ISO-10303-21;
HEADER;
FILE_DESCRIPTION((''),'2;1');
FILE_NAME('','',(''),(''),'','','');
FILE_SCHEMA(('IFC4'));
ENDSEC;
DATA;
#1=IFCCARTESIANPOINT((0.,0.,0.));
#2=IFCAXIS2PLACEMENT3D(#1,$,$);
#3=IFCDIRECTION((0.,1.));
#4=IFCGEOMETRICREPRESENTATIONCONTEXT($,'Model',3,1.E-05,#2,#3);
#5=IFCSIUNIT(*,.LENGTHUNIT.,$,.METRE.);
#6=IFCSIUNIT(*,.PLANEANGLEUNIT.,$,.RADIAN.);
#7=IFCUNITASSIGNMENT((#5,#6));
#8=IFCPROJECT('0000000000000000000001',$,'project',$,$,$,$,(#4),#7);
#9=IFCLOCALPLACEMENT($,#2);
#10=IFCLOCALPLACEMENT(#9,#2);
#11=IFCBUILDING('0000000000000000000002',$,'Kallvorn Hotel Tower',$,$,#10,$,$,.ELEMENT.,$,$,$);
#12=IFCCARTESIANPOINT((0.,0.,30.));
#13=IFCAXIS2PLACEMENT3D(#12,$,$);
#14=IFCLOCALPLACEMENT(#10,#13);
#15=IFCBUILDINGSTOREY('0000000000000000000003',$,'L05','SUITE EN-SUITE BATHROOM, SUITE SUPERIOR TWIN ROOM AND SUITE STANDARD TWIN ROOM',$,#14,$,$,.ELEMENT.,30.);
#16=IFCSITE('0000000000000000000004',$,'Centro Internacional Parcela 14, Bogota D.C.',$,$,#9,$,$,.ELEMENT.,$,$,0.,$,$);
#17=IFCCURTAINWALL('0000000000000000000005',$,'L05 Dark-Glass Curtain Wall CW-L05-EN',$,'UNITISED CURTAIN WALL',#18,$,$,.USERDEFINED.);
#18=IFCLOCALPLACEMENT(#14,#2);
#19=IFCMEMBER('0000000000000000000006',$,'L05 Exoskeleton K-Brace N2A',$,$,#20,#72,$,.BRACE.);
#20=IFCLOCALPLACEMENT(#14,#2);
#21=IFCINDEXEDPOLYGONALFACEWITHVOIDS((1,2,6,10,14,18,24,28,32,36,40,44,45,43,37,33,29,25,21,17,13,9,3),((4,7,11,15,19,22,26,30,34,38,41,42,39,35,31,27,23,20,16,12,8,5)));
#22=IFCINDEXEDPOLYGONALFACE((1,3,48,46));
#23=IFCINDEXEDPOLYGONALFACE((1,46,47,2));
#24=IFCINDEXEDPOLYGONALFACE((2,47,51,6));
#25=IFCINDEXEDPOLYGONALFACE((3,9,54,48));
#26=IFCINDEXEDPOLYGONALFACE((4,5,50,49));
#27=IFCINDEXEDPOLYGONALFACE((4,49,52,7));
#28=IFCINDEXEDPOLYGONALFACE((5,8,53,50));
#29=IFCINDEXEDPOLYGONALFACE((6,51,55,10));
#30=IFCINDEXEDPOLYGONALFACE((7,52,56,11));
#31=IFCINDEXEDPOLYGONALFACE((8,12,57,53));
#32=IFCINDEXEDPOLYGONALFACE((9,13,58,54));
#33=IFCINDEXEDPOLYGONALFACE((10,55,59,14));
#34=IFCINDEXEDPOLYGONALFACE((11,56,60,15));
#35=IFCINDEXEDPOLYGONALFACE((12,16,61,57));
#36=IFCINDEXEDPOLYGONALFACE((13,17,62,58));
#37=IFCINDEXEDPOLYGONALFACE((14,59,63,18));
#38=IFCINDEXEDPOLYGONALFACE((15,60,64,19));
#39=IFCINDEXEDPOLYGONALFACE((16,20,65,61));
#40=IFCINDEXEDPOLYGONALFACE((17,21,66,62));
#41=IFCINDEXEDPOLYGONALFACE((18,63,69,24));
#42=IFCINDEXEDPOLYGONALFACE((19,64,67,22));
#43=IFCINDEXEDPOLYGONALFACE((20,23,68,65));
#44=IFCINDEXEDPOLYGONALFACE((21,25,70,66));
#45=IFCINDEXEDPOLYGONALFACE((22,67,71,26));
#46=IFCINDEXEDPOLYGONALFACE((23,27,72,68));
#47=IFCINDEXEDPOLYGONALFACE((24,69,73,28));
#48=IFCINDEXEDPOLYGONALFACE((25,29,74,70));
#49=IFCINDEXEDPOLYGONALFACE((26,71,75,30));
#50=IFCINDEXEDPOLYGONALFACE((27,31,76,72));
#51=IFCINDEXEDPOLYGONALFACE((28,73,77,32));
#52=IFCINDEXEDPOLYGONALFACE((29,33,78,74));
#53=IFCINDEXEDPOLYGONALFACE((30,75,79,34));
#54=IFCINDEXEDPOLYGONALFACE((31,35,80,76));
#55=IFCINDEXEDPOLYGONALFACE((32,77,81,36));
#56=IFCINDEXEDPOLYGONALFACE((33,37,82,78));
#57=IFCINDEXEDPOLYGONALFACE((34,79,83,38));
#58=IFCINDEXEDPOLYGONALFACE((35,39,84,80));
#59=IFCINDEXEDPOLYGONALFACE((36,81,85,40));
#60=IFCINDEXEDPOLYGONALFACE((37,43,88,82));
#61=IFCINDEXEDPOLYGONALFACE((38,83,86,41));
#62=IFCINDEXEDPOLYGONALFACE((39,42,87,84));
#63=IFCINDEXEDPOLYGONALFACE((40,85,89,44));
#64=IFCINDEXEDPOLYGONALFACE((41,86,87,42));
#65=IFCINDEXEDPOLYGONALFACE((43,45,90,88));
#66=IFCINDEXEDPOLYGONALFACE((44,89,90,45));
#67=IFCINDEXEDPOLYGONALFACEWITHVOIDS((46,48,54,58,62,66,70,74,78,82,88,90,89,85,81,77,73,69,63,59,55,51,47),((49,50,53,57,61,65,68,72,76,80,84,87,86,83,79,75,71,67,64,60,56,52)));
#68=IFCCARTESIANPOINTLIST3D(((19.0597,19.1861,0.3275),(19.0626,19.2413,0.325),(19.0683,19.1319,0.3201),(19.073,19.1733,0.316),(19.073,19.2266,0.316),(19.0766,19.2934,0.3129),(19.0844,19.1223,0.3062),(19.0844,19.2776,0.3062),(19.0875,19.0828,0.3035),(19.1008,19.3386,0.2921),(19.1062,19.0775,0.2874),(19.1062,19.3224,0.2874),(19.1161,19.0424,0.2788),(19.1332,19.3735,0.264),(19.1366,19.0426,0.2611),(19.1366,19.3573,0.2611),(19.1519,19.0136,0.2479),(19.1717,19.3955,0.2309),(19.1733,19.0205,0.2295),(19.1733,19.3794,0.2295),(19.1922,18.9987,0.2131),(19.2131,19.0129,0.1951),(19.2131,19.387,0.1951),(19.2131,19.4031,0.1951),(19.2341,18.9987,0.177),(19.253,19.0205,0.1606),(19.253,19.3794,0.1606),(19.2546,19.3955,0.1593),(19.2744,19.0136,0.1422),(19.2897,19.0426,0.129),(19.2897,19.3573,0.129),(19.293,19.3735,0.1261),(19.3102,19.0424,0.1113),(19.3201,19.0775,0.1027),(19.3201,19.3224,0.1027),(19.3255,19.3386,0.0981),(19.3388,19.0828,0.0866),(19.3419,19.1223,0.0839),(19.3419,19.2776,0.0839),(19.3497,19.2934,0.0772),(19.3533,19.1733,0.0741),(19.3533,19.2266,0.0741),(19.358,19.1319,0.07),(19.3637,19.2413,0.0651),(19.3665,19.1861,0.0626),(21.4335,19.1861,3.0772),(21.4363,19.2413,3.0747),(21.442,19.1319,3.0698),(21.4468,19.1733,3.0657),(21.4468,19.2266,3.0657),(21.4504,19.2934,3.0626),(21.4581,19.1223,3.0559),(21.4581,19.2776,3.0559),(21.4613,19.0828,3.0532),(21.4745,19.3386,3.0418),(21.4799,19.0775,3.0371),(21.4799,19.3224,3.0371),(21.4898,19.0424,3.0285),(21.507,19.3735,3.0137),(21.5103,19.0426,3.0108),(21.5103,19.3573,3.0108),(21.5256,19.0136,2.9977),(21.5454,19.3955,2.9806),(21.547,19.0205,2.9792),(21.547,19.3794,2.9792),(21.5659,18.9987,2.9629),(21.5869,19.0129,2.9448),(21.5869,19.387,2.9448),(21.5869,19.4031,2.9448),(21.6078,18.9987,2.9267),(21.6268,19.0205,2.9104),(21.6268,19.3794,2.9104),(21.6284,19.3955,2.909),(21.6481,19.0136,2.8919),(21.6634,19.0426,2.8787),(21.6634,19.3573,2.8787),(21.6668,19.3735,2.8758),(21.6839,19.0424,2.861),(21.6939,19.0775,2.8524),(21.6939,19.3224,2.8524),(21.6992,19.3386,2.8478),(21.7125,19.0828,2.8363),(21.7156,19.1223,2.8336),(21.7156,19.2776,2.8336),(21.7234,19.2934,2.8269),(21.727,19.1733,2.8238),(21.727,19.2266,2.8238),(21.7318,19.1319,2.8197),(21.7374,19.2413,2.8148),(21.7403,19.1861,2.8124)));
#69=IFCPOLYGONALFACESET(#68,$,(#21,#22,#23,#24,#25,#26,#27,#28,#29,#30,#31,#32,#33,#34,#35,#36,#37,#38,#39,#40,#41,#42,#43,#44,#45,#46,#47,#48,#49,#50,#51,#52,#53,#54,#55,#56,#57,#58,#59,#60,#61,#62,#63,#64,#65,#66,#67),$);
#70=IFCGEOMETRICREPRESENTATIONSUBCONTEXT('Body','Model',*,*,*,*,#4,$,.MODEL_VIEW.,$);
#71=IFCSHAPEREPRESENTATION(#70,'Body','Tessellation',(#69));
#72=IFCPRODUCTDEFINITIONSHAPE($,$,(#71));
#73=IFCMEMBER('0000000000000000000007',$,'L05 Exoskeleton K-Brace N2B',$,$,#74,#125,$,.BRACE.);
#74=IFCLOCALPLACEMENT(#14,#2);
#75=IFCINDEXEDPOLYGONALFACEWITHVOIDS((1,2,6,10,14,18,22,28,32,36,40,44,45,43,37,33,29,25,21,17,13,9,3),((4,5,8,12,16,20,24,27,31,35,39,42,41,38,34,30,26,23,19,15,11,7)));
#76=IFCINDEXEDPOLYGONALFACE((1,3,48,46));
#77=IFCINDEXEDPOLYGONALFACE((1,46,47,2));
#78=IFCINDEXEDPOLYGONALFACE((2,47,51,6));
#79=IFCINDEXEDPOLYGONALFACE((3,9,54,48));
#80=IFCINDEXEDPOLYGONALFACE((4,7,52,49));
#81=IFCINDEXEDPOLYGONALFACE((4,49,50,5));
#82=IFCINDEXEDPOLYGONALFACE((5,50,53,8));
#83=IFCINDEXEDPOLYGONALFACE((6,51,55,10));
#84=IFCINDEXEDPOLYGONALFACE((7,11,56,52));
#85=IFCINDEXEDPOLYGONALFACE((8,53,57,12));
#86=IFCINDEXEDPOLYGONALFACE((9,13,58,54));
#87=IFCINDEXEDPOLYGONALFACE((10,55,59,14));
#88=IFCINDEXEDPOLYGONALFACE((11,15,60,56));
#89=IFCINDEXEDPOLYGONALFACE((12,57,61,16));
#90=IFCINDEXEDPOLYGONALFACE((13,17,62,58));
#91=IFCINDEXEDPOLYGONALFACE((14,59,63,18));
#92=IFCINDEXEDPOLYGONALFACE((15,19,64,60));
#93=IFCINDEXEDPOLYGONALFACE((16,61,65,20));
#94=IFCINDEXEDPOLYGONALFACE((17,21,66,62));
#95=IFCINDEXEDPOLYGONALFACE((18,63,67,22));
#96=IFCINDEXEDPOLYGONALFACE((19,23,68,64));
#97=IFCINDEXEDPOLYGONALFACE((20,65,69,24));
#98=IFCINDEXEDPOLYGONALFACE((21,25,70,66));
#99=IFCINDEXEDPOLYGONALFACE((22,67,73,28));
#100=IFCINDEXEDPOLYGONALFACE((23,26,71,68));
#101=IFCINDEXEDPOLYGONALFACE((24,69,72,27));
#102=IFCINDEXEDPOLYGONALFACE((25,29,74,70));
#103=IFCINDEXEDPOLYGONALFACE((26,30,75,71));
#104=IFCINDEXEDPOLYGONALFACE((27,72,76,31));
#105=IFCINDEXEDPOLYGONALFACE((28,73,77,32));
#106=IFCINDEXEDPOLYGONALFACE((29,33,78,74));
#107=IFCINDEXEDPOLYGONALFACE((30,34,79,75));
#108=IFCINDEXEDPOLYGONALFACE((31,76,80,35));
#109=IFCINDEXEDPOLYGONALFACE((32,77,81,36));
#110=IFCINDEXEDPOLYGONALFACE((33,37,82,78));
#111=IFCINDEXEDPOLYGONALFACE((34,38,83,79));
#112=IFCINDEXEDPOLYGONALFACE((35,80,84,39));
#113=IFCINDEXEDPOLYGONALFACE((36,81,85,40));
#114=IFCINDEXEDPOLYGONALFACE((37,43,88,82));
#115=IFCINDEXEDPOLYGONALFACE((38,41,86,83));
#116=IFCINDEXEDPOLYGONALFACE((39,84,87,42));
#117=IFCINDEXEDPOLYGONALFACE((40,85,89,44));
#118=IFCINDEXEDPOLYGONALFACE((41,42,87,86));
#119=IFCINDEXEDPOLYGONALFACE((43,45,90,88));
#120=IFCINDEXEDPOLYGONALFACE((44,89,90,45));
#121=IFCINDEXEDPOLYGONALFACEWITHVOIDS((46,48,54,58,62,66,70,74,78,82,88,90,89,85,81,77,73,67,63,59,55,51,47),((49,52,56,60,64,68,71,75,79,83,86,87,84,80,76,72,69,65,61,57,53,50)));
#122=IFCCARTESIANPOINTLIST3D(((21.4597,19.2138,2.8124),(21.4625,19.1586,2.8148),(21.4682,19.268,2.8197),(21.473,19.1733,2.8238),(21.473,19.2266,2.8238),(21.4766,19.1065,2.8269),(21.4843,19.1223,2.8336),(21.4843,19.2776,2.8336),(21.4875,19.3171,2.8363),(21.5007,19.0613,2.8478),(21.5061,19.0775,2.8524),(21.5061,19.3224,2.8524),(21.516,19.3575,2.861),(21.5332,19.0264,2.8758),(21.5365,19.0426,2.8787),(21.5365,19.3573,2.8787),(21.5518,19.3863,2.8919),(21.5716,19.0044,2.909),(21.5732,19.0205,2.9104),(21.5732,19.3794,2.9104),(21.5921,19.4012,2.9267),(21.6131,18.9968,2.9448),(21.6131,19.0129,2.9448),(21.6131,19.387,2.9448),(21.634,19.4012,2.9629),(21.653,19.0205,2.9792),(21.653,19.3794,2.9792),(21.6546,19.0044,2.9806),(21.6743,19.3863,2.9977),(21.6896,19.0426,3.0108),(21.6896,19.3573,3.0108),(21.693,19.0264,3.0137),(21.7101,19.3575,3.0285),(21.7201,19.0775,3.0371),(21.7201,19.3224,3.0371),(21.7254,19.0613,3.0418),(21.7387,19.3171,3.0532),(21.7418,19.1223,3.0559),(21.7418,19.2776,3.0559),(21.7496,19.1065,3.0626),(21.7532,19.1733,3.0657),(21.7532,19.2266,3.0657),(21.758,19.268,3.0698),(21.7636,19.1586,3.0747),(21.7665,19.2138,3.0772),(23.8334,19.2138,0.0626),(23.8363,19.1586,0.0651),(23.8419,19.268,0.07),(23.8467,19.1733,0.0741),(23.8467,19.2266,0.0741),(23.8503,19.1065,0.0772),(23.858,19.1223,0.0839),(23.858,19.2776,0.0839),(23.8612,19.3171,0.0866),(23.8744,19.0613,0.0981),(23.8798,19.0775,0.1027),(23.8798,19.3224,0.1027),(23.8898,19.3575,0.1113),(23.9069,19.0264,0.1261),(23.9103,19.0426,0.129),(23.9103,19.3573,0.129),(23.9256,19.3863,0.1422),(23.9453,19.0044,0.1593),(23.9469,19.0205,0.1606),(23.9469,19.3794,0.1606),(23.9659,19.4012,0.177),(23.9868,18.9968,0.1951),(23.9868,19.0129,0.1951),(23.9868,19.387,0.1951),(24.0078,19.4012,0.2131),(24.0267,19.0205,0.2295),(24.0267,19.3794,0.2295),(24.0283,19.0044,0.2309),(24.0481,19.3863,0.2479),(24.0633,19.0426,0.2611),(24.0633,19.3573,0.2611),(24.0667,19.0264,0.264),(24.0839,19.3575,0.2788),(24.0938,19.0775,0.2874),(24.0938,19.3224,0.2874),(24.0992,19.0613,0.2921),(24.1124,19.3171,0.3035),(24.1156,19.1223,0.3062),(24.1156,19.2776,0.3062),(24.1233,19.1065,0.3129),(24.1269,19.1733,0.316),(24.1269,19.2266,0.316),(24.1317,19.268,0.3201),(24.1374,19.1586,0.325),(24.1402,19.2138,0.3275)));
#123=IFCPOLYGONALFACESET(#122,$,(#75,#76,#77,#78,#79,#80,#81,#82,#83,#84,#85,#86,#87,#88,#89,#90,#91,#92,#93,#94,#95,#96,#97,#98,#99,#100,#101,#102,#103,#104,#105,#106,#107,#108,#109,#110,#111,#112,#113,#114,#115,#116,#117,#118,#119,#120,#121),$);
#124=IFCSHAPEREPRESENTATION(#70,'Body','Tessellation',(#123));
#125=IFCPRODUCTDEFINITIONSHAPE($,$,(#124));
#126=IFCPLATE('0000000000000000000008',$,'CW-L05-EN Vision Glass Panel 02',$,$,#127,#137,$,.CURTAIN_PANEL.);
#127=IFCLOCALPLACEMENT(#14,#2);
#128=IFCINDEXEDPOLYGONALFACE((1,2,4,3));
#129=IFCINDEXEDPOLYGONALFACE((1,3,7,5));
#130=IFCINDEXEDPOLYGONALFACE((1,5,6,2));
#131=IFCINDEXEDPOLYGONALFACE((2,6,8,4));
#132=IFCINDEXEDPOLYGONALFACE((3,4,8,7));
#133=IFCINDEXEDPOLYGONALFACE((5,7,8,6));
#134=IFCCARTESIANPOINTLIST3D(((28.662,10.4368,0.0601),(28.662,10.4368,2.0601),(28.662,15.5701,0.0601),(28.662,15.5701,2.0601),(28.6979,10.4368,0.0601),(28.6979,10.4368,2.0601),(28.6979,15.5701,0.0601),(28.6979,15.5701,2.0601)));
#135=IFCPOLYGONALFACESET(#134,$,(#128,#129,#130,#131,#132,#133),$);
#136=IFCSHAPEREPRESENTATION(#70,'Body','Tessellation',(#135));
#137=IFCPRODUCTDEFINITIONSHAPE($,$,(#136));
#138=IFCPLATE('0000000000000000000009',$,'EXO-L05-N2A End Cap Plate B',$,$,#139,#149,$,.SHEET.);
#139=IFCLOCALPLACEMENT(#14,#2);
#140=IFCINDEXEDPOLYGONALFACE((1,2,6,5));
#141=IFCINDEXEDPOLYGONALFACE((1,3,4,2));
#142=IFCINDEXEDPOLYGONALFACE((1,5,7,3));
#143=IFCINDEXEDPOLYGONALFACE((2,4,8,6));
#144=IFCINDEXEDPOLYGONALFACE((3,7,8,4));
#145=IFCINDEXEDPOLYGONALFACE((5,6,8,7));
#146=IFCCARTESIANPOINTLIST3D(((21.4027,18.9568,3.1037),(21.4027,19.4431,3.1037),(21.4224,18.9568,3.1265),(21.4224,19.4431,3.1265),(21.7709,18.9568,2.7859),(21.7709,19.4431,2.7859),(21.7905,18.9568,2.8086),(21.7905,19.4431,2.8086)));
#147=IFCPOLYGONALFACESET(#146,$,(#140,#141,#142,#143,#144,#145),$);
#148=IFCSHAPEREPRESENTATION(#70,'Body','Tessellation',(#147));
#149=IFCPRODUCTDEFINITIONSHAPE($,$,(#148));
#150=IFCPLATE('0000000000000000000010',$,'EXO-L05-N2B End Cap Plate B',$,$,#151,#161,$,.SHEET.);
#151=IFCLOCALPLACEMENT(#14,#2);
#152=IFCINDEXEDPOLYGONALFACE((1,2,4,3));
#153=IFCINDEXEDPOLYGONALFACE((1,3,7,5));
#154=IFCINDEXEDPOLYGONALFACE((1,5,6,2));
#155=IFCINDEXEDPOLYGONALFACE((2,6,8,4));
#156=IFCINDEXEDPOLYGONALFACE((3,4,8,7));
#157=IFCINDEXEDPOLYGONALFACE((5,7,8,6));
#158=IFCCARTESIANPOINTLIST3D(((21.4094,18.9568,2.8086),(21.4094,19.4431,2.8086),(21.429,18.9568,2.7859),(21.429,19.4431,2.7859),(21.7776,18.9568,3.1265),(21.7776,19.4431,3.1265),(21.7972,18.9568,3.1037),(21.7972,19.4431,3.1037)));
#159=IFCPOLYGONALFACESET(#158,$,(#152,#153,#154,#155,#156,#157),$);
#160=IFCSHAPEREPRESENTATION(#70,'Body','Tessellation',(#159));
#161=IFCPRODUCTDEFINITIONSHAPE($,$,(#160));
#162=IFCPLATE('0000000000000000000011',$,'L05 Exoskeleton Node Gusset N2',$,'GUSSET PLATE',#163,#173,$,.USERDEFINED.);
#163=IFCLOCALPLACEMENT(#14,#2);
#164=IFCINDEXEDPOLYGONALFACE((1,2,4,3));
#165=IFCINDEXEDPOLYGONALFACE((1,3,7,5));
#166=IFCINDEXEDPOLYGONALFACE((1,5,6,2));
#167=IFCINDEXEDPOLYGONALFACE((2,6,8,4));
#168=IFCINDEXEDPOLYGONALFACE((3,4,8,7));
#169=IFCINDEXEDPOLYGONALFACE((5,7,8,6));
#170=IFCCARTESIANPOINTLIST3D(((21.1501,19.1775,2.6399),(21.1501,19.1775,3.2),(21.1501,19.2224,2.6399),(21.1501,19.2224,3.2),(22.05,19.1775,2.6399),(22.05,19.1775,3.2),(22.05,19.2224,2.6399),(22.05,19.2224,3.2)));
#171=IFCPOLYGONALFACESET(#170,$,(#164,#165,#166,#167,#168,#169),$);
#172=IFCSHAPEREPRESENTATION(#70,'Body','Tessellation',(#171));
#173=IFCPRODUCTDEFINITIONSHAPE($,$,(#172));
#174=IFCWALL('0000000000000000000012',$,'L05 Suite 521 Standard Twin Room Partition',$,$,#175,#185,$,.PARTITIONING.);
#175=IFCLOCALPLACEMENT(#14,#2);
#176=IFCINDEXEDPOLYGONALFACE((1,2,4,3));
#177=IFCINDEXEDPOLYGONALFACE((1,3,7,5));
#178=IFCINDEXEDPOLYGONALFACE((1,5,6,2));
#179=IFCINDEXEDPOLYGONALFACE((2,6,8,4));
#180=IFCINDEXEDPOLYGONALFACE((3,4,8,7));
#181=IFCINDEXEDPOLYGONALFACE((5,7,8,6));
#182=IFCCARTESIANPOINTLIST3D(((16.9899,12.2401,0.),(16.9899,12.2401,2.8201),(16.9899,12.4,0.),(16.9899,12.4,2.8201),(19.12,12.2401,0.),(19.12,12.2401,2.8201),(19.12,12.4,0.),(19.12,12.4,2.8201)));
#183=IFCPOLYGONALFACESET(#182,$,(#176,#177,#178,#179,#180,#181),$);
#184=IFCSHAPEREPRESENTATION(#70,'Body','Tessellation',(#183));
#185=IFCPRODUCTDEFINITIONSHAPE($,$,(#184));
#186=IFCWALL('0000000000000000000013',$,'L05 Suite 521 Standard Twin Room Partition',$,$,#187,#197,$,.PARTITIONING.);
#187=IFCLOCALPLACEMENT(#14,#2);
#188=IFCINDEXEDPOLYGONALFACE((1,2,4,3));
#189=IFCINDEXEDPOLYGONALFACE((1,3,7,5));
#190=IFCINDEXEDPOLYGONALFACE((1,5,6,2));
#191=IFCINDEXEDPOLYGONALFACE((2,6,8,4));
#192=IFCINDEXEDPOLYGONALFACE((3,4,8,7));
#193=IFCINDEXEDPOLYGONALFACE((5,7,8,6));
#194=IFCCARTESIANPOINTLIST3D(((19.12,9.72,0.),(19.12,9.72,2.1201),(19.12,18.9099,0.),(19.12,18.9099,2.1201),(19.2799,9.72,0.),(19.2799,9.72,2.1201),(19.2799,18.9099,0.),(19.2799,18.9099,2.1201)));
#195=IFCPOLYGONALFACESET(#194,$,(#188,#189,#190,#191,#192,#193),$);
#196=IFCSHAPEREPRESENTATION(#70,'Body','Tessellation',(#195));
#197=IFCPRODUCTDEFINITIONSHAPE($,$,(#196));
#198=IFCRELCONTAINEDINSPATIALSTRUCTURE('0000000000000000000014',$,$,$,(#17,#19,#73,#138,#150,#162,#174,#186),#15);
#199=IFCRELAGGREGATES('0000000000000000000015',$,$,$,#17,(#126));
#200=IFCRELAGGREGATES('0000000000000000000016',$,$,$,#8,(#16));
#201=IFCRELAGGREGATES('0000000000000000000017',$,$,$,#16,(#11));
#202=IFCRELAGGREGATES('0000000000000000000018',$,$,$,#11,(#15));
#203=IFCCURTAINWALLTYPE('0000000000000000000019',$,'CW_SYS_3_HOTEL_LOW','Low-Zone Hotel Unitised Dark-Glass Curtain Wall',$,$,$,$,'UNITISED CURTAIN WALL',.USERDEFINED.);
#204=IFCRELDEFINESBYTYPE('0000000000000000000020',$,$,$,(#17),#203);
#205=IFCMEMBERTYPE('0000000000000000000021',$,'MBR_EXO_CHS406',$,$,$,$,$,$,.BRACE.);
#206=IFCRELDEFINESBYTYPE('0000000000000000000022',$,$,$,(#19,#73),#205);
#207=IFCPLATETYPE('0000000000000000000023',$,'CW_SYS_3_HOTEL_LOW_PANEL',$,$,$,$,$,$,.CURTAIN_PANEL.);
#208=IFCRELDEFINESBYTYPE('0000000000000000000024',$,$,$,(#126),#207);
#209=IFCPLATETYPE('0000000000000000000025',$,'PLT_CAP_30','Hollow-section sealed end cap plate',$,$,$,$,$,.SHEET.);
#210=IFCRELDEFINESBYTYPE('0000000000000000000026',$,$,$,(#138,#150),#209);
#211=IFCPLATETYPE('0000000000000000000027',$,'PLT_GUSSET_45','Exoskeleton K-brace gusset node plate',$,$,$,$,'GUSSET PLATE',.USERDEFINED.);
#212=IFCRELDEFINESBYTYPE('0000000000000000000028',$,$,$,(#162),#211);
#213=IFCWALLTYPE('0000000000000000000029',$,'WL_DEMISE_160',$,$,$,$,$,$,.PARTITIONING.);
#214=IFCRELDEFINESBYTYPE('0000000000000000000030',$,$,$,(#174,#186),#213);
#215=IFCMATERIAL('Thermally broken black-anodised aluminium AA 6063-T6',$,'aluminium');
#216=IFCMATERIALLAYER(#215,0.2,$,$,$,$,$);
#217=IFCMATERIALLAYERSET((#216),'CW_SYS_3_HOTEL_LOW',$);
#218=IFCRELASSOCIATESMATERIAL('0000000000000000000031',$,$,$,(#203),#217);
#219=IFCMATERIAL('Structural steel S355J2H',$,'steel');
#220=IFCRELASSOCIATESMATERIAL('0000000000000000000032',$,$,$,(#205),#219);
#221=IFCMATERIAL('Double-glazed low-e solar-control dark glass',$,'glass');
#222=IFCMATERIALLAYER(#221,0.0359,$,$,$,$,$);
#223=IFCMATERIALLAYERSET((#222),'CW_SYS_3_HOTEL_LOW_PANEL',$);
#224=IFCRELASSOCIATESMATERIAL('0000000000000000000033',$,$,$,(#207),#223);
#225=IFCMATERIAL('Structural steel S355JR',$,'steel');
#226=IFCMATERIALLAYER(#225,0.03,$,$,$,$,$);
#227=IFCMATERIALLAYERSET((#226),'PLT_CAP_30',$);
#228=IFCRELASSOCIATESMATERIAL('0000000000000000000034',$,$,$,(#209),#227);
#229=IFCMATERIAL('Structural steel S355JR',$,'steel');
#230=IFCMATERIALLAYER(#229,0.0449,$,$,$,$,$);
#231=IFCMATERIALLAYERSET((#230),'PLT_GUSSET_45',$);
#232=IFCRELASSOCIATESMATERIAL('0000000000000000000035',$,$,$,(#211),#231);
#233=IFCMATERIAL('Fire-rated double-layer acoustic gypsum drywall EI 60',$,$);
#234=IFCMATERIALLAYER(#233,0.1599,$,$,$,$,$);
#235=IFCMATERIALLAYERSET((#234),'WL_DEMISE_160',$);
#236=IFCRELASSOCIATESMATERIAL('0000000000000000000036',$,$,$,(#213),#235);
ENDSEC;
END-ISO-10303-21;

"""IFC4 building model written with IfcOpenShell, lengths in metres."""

from ifc_helpers import new_model, si_unit, direction, frame, frame_2d, origin, origin_2d, place, context, subcontext, project, spatial, polyline, rectangle, hollow_circle, outline, extrude, material, layer, layer_set, material_profile, profile_set, type_object, element, aggregate, save


model = new_model("IFC4")

# Units and contexts
model_context = context("Model", 3, precision=1e-05, world=origin(), true_north=direction((0.0, 1.0)))
body_context = subcontext(model_context, "Body", "Model", "MODEL_VIEW")
ifc_project = project(units=[si_unit("LENGTHUNIT", "METRE"), si_unit("PLANEANGLEUNIT", "RADIAN")], contexts=[model_context])

# Site, building, storey
site_placement = place(None, origin())
site = spatial("IfcSite", under=ifc_project, at=site_placement, Name="Centro Internacional Parcela 14, Bogota D.C.", CompositionType="ELEMENT", RefElevation=0.0)
building_placement = place(site_placement, origin())
building = spatial("IfcBuilding", under=site, at=building_placement, Name="Kallvorn Hotel Tower", CompositionType="ELEMENT")
storey_placement = place(building_placement, frame((0.0, 0.0, 30.0)))
storey = spatial("IfcBuildingStorey", under=building, at=storey_placement, Name="L05", Description="SUITE EN-SUITE BATHROOM, SUITE SUPERIOR TWIN ROOM AND SUITE STANDARD TWIN ROOM", CompositionType="ELEMENT", Elevation=30.0)

# Curtain wall
ifc_material_1 = material(Name="Thermally broken black-anodised aluminium AA 6063-T6", Category="aluminium")
ifc_layer_1 = layer(ifc_material_1, 0.2)
ifc_layer_set_1 = layer_set([ifc_layer_1], Name="CW_SYS_3_HOTEL_LOW")
curtain_wall_type = type_object("IfcCurtainWallType", Name="CW_SYS_3_HOTEL_LOW", Description="Low-Zone Hotel Unitised Dark-Glass Curtain Wall", ElementType="UNITISED CURTAIN WALL", PredefinedType="USERDEFINED", material=ifc_layer_set_1)
curtain_wall_placement = place(storey_placement, origin())
curtain_wall = element("IfcCurtainWall", 1, at=curtain_wall_placement, inside=storey, type_object=curtain_wall_type, Name="L05 Dark-Glass Curtain Wall CW-L05-EN", ObjectType="UNITISED CURTAIN WALL", PredefinedType="USERDEFINED")

# Members
ifc_material_2 = material(Name="Structural steel S355J2H", Category="steel")
ifc_material_profile_1 = material_profile(ifc_material_2, hollow_circle(Radius=0.2031, WallThickness=0.0161, at=origin_2d()), Name="CHS 406.4x16")
ifc_profile_set_1 = profile_set([ifc_material_profile_1], Name="Structural steel S355J2H")
member_type_1 = type_object("IfcMemberType", Name="MBR_EXO_CHS406", PredefinedType="BRACE", material=ifc_profile_set_1)
for number, where, z_axis, x_axis, name in (
    (2, (19.2131, 19.2, 0.1951), (0.653461, 0.0, 0.756961), (0.0, 1.0, 0.0), "L05 Exoskeleton K-Brace N2A"),
    (3, (23.9868, 19.2, 0.1951), (-0.653461, 0.0, 0.756961), (0.0, -1.0, 0.0), "L05 Exoskeleton K-Brace N2B"),
):
    element("IfcMember", number, at=place(storey_placement, frame(where, z_axis=z_axis, x_axis=x_axis)), inside=storey, type_object=member_type_1, Name=name, PredefinedType="BRACE", context=body_context, shape_type="SweptSolid", body=[
        extrude(hollow_circle(Radius=0.2031, WallThickness=0.0161, at=origin_2d()), origin(), (0.0, 0.0, 1.0), 3.6326),
    ])

# Plate
ifc_material_3 = material(Name="Double-glazed low-e solar-control dark glass", Category="glass")
ifc_layer_2 = layer(ifc_material_3, 0.0359)
ifc_layer_set_2 = layer_set([ifc_layer_2], Name="CW_SYS_3_HOTEL_LOW_PANEL")
plate_type_1 = type_object("IfcPlateType", Name="CW_SYS_3_HOTEL_LOW_PANEL", PredefinedType="CURTAIN_PANEL", material=ifc_layer_set_2)
plate_1_placement = place(storey_placement, frame((28.6799, 13.0034, 0.0601), z_axis=(0.0, 0.0, 1.0), x_axis=(0.0, 1.0, 0.0)))
plate_1 = element("IfcPlate", 4, at=plate_1_placement, type_object=plate_type_1, Name="CW-L05-EN Vision Glass Panel 02", PredefinedType="CURTAIN_PANEL", context=body_context, shape_type="SweptSolid", body=[
    extrude(rectangle(XDim=5.1333, YDim=0.0359, at=origin_2d()), origin(), (0.0, 0.0, 1.0), 2.0),
])
aggregate(curtain_wall, [plate_1])

# Plates
ifc_material_4 = material(Name="Structural steel S355JR", Category="steel")
ifc_layer_3 = layer(ifc_material_4, 0.03)
ifc_layer_set_3 = layer_set([ifc_layer_3], Name="PLT_CAP_30")
plate_type_2 = type_object("IfcPlateType", Name="PLT_CAP_30", Description="Hollow-section sealed end cap plate", PredefinedType="SHEET", material=ifc_layer_set_3)
for number, where, z_axis, x_axis, name in (
    (5, (21.7905, 18.9568, 2.8086), (0.653515, 0.0, 0.756913), (0.0, 1.0, 0.0), "EXO-L05-N2A End Cap Plate B"),
    (6, (21.4094, 19.4431, 2.8086), (-0.653515, 0.0, 0.756913), (0.0, -1.0, 0.0), "EXO-L05-N2B End Cap Plate B"),
):
    element("IfcPlate", number, at=place(storey_placement, frame(where, z_axis=z_axis, x_axis=x_axis)), inside=storey, type_object=plate_type_2, Name=name, PredefinedType="SHEET", context=body_context, shape_type="SweptSolid", body=[
        extrude(outline(polyline([(0.0, 0.0), (0.4863, 0.0), (0.4863, 0.4864), (0.0, 0.4864), (0.0, 0.0)])), origin(), (0.0, 0.0, -1.0), 0.03),
    ])
ifc_material_5 = material(Name="Structural steel S355JR", Category="steel")
ifc_layer_4 = layer(ifc_material_5, 0.0449)
ifc_layer_set_4 = layer_set([ifc_layer_4], Name="PLT_GUSSET_45")
plate_type_3 = type_object("IfcPlateType", Name="PLT_GUSSET_45", Description="Exoskeleton K-brace gusset node plate", ElementType="GUSSET PLATE", PredefinedType="USERDEFINED", material=ifc_layer_set_4)
plate_2_placement = place(storey_placement, frame((21.6001, 19.2, 2.6399), z_axis=(0.0, 0.0, 1.0), x_axis=(1.0, 0.0, 0.0)))
element("IfcPlate", 7, at=plate_2_placement, inside=storey, type_object=plate_type_3, Name="L05 Exoskeleton Node Gusset N2", ObjectType="GUSSET PLATE", PredefinedType="USERDEFINED", context=body_context, shape_type="SweptSolid", body=[
    extrude(rectangle(XDim=0.8999, YDim=0.0449, at=origin_2d()), origin(), (0.0, 0.0, 1.0), 0.5601),
])

# Walls
ifc_material_6 = material(Name="Fire-rated double-layer acoustic gypsum drywall EI 60")
ifc_layer_5 = layer(ifc_material_6, 0.1599)
ifc_layer_set_5 = layer_set([ifc_layer_5], Name="WL_DEMISE_160")
wall_type_1 = type_object("IfcWallType", Name="WL_DEMISE_160", PredefinedType="PARTITIONING", material=ifc_layer_set_5)
wall_1_placement = place(storey_placement, frame((16.99, 12.3201, 0.0), z_axis=(0.0, 0.0, 1.0), x_axis=(1.0, 0.0, 0.0)))
element("IfcWall", 8, at=wall_1_placement, inside=storey, type_object=wall_type_1, Name="L05 Suite 521 Standard Twin Room Partition", PredefinedType="PARTITIONING", context=body_context, shape_type="SweptSolid", body=[
    extrude(rectangle(XDim=2.1301, YDim=0.1599, at=frame_2d((1.0649, 0.0))), origin(), (0.0, 0.0, 1.0), 2.8201),
])
wall_2_placement = place(storey_placement, frame((19.2, 9.72, 0.0), z_axis=(0.0, 0.0, 1.0), x_axis=(0.0, 1.0, 0.0)))
element("IfcWall", 9, at=wall_2_placement, inside=storey, type_object=wall_type_1, Name="L05 Suite 521 Standard Twin Room Partition", PredefinedType="PARTITIONING", context=body_context, shape_type="SweptSolid", body=[
    extrude(rectangle(XDim=9.1899, YDim=0.1599, at=frame_2d((4.595, 0.0))), origin(), (0.0, 0.0, 1.0), 2.1201),
])

save(model, "model.ifc")
